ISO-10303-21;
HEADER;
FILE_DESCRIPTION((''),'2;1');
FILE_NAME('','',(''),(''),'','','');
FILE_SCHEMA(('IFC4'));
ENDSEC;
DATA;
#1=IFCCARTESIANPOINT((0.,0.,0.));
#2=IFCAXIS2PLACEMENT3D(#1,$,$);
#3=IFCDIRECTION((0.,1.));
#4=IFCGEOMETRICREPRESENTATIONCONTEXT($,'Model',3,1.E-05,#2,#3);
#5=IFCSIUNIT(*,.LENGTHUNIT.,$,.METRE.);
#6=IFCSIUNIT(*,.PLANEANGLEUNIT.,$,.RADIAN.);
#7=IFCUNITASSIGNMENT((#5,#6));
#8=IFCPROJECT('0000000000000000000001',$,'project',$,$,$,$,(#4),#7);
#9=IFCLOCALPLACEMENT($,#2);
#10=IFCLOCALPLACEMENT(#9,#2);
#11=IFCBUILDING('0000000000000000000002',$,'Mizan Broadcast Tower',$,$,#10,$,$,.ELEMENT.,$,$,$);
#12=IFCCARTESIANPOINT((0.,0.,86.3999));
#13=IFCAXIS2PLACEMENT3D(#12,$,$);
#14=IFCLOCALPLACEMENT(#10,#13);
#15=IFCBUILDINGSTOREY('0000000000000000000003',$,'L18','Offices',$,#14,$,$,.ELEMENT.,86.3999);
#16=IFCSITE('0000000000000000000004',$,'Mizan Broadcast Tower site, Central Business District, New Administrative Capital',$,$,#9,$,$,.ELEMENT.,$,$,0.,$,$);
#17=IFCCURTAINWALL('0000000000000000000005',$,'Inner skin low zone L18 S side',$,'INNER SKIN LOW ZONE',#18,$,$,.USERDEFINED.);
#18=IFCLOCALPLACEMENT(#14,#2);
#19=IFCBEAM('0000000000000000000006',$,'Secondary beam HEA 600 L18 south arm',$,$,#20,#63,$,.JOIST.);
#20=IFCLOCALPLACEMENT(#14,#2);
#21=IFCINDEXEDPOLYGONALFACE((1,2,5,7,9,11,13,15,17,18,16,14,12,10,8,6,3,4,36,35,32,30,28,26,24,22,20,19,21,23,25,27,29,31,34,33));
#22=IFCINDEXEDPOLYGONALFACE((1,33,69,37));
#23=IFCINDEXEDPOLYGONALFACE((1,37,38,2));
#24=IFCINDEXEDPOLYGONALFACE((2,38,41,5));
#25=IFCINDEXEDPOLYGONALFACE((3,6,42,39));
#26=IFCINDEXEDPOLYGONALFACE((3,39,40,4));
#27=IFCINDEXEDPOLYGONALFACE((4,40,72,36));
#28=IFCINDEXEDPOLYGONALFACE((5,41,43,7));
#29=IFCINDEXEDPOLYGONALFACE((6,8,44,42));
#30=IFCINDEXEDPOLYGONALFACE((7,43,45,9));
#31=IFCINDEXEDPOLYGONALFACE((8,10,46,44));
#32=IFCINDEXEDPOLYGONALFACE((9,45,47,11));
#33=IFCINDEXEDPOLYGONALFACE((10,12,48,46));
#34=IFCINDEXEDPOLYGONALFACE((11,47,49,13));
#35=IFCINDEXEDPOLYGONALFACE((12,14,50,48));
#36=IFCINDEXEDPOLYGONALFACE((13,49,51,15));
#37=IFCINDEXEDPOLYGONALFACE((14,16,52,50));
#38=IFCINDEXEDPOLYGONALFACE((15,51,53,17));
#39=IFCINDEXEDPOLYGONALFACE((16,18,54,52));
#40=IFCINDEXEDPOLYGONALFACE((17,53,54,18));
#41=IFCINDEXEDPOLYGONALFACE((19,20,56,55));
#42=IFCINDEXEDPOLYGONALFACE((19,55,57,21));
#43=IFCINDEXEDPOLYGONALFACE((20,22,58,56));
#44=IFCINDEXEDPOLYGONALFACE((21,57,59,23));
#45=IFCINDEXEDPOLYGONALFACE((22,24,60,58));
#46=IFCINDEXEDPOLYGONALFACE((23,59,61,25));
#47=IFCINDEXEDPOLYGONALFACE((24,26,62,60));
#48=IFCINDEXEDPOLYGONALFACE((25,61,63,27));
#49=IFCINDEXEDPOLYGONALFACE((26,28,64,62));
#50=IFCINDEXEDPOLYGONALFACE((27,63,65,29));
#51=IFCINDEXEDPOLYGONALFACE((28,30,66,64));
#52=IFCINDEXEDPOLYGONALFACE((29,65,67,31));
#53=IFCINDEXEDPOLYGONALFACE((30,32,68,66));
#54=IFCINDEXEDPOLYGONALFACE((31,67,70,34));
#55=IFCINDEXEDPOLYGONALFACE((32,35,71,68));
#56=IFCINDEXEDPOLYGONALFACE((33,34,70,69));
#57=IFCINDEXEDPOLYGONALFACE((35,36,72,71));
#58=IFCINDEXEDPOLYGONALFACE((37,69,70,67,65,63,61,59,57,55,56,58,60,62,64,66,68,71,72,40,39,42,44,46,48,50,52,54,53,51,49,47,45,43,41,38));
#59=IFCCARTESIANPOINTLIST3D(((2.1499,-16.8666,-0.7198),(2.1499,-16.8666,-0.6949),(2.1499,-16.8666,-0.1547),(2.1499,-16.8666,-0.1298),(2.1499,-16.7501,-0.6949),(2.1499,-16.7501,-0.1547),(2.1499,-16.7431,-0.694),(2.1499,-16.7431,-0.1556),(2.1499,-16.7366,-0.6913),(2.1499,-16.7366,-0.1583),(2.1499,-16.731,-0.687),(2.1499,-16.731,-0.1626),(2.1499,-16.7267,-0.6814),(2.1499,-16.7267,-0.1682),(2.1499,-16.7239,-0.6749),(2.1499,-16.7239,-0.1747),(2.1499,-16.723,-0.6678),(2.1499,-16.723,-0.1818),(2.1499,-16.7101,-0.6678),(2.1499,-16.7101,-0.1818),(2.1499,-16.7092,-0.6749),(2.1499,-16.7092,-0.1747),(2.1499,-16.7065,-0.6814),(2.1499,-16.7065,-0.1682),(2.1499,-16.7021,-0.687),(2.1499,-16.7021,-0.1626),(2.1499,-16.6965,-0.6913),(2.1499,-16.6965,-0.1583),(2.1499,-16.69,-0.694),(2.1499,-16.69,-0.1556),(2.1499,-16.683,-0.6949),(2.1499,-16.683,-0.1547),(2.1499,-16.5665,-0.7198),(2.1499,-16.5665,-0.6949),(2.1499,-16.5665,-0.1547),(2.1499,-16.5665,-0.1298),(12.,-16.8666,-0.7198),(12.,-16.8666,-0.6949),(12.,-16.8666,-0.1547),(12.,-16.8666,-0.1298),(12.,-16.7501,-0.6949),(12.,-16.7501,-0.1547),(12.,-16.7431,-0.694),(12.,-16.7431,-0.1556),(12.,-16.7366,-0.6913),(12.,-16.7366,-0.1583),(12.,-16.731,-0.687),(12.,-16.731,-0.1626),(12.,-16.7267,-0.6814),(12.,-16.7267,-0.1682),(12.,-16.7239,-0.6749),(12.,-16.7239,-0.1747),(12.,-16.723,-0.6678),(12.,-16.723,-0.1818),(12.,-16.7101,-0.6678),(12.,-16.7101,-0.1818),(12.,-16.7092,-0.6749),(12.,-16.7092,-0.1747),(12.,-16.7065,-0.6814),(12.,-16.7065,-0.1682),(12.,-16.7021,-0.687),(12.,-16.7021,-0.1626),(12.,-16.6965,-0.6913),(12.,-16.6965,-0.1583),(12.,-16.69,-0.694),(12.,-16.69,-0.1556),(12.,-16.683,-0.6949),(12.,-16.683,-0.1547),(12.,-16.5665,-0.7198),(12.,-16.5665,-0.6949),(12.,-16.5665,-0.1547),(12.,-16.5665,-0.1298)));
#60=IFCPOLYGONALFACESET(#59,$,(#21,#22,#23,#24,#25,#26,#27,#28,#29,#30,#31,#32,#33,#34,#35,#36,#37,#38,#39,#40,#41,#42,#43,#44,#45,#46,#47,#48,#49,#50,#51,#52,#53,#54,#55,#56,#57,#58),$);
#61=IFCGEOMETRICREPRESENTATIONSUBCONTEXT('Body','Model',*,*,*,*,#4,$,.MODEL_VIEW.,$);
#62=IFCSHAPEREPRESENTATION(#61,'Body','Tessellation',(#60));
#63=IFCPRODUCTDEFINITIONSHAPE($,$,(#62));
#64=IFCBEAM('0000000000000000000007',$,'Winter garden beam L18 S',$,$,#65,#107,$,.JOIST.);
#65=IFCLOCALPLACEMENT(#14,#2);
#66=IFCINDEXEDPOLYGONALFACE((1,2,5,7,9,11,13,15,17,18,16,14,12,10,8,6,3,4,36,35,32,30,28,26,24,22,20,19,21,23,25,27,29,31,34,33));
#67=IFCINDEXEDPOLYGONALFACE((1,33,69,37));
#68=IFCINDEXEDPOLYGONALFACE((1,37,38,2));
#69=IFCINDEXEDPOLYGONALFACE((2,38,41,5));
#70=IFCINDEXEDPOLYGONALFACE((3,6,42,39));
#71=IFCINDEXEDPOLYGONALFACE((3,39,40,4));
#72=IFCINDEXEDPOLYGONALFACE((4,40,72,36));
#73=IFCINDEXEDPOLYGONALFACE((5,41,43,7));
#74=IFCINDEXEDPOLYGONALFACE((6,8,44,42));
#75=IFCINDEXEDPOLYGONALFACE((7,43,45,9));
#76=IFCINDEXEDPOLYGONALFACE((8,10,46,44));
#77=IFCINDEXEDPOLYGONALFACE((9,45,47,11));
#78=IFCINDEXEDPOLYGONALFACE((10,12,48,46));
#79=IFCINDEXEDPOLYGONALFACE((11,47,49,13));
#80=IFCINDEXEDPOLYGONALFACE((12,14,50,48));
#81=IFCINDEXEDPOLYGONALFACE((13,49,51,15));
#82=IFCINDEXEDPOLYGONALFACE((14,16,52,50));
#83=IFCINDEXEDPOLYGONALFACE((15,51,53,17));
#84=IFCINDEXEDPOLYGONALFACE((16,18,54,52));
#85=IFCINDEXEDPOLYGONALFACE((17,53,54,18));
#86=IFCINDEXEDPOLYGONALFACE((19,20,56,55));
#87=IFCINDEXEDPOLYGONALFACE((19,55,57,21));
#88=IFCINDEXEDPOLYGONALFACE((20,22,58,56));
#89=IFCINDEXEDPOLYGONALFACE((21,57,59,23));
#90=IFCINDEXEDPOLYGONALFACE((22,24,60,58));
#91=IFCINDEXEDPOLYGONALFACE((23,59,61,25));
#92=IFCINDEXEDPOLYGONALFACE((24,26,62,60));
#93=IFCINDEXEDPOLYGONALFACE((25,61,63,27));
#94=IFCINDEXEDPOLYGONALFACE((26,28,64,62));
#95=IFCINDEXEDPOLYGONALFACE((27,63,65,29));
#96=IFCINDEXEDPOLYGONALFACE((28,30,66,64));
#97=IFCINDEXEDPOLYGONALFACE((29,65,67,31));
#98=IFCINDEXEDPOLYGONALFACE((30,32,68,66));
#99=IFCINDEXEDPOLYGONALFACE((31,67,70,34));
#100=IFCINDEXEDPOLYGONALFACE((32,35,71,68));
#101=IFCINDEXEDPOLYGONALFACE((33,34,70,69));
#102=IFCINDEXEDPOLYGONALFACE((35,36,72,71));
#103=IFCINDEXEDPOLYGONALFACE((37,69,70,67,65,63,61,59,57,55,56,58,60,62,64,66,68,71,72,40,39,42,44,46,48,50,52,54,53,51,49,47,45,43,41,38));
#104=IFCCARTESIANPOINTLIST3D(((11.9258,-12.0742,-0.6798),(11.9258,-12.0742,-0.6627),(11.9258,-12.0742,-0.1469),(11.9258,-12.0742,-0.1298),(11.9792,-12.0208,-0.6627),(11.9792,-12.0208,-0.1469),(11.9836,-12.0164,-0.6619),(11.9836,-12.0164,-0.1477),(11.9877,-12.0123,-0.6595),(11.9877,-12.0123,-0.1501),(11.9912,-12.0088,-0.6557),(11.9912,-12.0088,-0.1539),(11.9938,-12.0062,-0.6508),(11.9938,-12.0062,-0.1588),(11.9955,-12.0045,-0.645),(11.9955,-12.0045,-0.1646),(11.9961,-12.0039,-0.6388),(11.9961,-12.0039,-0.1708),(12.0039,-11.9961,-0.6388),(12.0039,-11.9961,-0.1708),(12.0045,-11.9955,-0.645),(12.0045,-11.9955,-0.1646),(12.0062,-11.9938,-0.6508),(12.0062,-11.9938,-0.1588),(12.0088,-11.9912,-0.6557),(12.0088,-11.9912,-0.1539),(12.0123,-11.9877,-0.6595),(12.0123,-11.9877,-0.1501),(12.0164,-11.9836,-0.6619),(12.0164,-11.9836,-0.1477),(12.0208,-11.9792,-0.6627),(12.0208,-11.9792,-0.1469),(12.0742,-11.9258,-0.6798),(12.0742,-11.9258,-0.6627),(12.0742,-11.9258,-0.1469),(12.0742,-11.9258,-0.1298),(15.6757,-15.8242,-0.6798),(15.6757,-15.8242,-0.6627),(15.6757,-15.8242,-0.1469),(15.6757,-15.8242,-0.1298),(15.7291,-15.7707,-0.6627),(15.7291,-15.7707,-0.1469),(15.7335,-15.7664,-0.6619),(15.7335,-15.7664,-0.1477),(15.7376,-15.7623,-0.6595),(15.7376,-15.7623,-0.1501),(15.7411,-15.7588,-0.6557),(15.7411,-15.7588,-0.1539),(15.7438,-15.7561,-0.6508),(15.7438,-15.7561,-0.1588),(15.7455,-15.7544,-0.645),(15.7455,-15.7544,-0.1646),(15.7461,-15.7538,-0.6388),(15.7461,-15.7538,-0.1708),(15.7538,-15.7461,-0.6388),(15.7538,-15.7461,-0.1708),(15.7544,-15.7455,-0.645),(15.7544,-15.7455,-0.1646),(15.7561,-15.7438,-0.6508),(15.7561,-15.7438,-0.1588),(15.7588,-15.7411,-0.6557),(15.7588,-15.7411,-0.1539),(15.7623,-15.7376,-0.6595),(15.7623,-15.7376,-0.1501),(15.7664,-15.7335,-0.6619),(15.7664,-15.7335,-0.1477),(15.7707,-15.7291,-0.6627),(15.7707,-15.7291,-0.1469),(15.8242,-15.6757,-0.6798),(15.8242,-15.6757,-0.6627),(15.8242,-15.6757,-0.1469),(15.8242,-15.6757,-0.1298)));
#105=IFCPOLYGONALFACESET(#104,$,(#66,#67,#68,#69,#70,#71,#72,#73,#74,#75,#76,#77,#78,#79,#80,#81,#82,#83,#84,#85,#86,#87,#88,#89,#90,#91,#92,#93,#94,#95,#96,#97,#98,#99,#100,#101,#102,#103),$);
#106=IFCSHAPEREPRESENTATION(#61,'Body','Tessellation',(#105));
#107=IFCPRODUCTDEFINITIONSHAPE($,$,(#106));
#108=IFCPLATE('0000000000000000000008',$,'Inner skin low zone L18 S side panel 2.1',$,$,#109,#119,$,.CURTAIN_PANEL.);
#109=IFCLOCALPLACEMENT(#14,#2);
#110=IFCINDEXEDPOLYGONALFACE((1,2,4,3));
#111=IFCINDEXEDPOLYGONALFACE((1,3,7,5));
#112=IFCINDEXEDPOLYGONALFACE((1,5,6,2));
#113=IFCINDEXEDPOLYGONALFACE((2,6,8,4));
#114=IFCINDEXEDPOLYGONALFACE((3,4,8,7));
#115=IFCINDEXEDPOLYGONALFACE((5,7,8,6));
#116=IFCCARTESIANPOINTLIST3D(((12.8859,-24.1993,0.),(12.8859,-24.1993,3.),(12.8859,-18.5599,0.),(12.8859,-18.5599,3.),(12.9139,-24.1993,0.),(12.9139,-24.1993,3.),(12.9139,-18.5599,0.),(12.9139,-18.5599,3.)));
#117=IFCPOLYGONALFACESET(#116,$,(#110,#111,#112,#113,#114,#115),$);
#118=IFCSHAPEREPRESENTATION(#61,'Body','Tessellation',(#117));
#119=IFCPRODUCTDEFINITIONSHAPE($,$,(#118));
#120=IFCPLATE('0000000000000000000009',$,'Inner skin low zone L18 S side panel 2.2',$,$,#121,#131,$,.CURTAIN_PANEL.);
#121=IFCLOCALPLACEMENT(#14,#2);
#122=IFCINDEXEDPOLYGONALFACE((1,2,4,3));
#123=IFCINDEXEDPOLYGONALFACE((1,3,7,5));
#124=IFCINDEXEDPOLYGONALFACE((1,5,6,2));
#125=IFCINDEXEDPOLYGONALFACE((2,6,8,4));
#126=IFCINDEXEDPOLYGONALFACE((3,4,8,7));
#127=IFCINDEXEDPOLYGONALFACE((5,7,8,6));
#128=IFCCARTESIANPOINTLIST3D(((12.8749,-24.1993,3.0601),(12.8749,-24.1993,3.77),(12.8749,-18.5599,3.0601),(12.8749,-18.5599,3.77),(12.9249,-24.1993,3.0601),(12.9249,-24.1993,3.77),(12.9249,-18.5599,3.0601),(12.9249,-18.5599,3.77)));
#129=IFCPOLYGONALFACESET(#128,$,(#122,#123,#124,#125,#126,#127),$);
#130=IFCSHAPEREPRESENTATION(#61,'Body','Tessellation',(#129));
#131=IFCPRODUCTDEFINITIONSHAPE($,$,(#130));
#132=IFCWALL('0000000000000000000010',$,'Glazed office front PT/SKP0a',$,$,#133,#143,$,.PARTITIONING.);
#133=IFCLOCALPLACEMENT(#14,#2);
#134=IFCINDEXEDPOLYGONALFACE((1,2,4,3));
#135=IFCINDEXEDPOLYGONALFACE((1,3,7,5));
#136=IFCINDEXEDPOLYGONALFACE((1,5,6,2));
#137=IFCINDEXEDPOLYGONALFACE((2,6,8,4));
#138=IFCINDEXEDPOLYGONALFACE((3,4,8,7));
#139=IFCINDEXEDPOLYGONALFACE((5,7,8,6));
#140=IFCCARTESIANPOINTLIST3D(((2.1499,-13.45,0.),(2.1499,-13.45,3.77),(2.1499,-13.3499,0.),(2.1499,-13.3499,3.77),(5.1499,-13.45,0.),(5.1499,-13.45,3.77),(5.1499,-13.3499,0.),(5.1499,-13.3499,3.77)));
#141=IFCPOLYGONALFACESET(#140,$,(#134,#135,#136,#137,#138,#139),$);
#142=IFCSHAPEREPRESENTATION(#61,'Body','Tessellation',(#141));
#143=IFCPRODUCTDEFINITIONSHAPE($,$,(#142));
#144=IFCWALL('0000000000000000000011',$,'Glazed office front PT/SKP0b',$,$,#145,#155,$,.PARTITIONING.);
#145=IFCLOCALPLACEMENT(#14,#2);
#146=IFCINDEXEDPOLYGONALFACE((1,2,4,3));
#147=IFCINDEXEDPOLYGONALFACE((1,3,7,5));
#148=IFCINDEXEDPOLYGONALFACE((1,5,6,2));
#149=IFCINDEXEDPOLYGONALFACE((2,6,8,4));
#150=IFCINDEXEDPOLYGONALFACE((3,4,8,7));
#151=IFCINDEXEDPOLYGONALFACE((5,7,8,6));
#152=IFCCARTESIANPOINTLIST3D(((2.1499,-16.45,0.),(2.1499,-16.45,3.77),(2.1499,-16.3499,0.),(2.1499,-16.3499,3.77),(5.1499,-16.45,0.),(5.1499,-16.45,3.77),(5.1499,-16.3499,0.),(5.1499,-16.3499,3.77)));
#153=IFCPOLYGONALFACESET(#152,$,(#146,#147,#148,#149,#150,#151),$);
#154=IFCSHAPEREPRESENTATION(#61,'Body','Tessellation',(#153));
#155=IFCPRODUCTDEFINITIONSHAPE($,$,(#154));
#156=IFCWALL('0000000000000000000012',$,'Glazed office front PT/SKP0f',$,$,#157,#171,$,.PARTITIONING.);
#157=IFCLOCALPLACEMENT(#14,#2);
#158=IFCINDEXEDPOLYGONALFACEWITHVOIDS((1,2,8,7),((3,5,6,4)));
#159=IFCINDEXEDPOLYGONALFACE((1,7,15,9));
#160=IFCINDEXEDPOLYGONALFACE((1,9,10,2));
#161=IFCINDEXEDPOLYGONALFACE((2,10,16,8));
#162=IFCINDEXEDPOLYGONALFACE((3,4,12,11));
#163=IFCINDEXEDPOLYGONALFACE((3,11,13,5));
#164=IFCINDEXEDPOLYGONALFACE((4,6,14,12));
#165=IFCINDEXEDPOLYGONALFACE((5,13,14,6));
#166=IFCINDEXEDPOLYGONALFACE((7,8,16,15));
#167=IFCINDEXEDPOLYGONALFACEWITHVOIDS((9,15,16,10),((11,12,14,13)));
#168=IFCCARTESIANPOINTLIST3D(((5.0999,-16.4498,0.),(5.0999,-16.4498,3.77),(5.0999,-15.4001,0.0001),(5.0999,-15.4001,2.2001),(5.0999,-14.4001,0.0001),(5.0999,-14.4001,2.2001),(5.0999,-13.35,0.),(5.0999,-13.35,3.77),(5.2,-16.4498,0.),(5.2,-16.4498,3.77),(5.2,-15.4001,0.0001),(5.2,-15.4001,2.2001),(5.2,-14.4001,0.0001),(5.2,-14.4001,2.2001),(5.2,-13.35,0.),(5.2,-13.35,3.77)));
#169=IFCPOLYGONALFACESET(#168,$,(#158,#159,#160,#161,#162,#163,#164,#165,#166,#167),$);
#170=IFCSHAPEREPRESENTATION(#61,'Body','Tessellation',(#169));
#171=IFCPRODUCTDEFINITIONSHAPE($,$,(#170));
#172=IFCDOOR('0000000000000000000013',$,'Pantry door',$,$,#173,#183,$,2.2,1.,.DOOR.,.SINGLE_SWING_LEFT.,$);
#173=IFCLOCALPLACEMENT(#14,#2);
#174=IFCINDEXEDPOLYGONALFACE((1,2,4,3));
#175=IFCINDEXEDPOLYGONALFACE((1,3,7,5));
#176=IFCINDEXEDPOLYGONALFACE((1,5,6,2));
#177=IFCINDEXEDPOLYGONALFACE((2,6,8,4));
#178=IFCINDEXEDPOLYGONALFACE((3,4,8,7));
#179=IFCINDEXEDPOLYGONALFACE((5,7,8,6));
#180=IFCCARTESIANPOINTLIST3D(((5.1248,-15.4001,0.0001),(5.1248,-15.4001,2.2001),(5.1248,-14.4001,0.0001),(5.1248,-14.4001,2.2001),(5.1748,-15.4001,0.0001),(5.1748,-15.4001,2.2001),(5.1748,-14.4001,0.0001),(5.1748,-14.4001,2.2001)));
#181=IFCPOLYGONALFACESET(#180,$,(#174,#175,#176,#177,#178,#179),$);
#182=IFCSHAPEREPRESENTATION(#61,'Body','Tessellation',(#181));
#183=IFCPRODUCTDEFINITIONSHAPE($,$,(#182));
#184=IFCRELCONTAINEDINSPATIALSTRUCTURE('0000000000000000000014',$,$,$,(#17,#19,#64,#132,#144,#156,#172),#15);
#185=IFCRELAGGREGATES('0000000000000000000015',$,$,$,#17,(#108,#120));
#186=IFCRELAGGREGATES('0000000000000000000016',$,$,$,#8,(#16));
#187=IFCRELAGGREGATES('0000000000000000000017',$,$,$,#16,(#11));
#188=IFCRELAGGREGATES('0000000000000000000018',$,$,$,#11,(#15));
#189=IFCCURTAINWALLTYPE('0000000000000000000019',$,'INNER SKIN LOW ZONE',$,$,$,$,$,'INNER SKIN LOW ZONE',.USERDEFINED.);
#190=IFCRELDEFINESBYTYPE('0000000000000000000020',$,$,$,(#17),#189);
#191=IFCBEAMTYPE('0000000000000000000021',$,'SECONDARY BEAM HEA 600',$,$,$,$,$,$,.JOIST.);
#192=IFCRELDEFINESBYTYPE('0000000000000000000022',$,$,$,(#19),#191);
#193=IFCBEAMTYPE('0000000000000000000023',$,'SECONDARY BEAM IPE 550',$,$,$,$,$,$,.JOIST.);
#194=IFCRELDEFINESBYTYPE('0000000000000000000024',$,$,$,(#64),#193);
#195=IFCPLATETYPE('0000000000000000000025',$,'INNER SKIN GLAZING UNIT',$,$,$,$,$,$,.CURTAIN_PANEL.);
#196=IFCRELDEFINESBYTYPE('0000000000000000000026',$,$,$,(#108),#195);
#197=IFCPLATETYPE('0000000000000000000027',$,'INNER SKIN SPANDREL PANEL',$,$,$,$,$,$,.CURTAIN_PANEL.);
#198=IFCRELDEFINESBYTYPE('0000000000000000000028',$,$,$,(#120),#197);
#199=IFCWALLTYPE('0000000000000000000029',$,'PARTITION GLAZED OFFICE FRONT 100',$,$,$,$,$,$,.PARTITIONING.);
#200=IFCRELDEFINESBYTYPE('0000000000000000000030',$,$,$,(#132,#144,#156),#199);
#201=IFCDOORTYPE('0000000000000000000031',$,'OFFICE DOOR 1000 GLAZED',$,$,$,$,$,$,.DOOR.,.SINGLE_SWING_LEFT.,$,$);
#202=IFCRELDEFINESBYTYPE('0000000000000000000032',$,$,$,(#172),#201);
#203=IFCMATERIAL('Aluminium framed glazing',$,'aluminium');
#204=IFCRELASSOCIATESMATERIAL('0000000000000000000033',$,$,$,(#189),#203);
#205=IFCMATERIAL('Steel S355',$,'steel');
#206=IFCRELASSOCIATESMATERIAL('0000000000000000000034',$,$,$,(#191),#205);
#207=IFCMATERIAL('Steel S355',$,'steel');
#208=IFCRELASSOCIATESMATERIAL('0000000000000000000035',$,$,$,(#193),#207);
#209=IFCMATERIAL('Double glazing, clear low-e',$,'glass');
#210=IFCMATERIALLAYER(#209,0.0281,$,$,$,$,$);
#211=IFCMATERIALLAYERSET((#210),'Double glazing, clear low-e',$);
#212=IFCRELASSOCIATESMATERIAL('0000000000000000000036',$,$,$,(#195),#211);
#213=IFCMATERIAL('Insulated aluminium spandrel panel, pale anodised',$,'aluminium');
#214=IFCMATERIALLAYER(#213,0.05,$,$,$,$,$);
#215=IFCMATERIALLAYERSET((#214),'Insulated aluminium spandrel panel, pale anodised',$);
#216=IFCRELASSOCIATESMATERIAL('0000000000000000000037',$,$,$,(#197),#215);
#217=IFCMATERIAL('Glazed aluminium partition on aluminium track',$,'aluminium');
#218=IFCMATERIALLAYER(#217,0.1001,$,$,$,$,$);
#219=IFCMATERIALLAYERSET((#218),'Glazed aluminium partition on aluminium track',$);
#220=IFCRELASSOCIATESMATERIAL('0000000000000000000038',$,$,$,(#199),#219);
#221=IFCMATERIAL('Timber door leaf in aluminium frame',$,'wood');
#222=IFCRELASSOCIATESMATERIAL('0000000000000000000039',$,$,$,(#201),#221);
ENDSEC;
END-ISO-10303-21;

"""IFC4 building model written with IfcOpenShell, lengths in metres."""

from ifc_helpers import new_model, si_unit, direction, frame, frame_2d, origin, origin_2d, place, context, subcontext, project, spatial, rectangle, i_section, extrude, material, layer, layer_set, material_profile, profile_set, type_object, element, fill, aggregate, save


model = new_model("IFC4")

# Units and contexts
model_context = context("Model", 3, precision=1e-05, world=origin(), true_north=direction((0.0, 1.0)))
body_context = subcontext(model_context, "Body", "Model", "MODEL_VIEW")
ifc_project = project(units=[si_unit("LENGTHUNIT", "METRE"), si_unit("PLANEANGLEUNIT", "RADIAN")], contexts=[model_context])

# Site, building, storey
site_placement = place(None, origin())
site = spatial("IfcSite", under=ifc_project, at=site_placement, Name="Mizan Broadcast Tower site, Central Business District, New Administrative Capital", CompositionType="ELEMENT", RefElevation=0.0)
building_placement = place(site_placement, origin())
building = spatial("IfcBuilding", under=site, at=building_placement, Name="Mizan Broadcast Tower", CompositionType="ELEMENT")
storey_placement = place(building_placement, frame((0.0, 0.0, 86.3999)))
storey = spatial("IfcBuildingStorey", under=building, at=storey_placement, Name="L18", Description="Offices", CompositionType="ELEMENT", Elevation=86.3999)

# Curtain wall
ifc_material_1 = material(Name="Aluminium framed glazing", Category="aluminium")
curtain_wall_type = type_object("IfcCurtainWallType", Name="INNER SKIN LOW ZONE", ElementType="INNER SKIN LOW ZONE", PredefinedType="USERDEFINED", material=ifc_material_1)
curtain_wall_placement = place(storey_placement, origin())
curtain_wall = element("IfcCurtainWall", 1, at=curtain_wall_placement, inside=storey, type_object=curtain_wall_type, Name="Inner skin low zone L18 S side", ObjectType="INNER SKIN LOW ZONE", PredefinedType="USERDEFINED")

# Beams
ifc_material_2 = material(Name="Steel S355", Category="steel")
ifc_material_profile_1 = material_profile(ifc_material_2, i_section(OverallWidth=0.3, OverallDepth=0.5901, WebThickness=0.0129, FlangeThickness=0.0249, FilletRadius=0.0271, at=origin_2d()), Name="HEA 600")
ifc_profile_set_1 = profile_set([ifc_material_profile_1], Name="Steel S355")
beam_type_1 = type_object("IfcBeamType", Name="SECONDARY BEAM HEA 600", PredefinedType="JOIST", material=ifc_profile_set_1)
for number, where, z_axis, x_axis, name in (
    (2, (12.0, -16.7166, -0.4248), (-1.0, 0.0, 0.0), (0.0, -1.0, 0.0), "Secondary beam HEA 600 L18 south arm"),
):
    element("IfcBeam", number, at=place(storey_placement, frame(where, z_axis=z_axis, x_axis=x_axis)), inside=storey, type_object=beam_type_1, Name=name, PredefinedType="JOIST", context=body_context, shape_type="SweptSolid", body=[
        extrude(i_section(OverallWidth=0.3, OverallDepth=0.5901, WebThickness=0.0129, FlangeThickness=0.0249, FilletRadius=0.0271, at=origin_2d()), origin(), (0.0, 0.0, 1.0), 9.8501),
    ])
ifc_material_3 = material(Name="Steel S355", Category="steel")
ifc_material_profile_2 = material_profile(ifc_material_3, i_section(OverallWidth=0.21, OverallDepth=0.55, WebThickness=0.011, FlangeThickness=0.0171, FilletRadius=0.0239, at=origin_2d()), Name="IPE 550")
ifc_profile_set_2 = profile_set([ifc_material_profile_2], Name="Steel S355")
beam_type_2 = type_object("IfcBeamType", Name="SECONDARY BEAM IPE 550", PredefinedType="JOIST", material=ifc_profile_set_2)
beam_1_placement = place(storey_placement, frame((12.0, -12.0, -0.4048), z_axis=(0.707107, -0.707107, 0.0), x_axis=(0.707107, 0.707107, 0.0)))
element("IfcBeam", 3, at=beam_1_placement, inside=storey, type_object=beam_type_2, Name="Winter garden beam L18 S", PredefinedType="JOIST", context=body_context, shape_type="SweptSolid", body=[
    extrude(i_section(OverallWidth=0.21, OverallDepth=0.55, WebThickness=0.011, FlangeThickness=0.0171, FilletRadius=0.0239, at=origin_2d()), origin(), (0.0, 0.0, 1.0), 5.3032),
])

# Plates
ifc_material_4 = material(Name="Double glazing, clear low-e", Category="glass")
ifc_layer_1 = layer(ifc_material_4, 0.0281)
ifc_layer_set_1 = layer_set([ifc_layer_1], Name="Double glazing, clear low-e")
plate_type_1 = type_object("IfcPlateType", Name="INNER SKIN GLAZING UNIT", PredefinedType="CURTAIN_PANEL", material=ifc_layer_set_1)
plate_1_placement = place(storey_placement, frame((12.8999, -21.3796, 0.0), z_axis=(0.0, 0.0, 1.0), x_axis=(0.0, 1.0, 0.0)))
plate_1 = element("IfcPlate", 4, at=plate_1_placement, type_object=plate_type_1, Name="Inner skin low zone L18 S side panel 2.1", PredefinedType="CURTAIN_PANEL", context=body_context, shape_type="SweptSolid", body=[
    extrude(rectangle(XDim=5.6394, YDim=0.0281, at=origin_2d()), origin(), (0.0, 0.0, 1.0), 3.0),
])
ifc_material_5 = material(Name="Insulated aluminium spandrel panel, pale anodised", Category="aluminium")
ifc_layer_2 = layer(ifc_material_5, 0.05)
ifc_layer_set_2 = layer_set([ifc_layer_2], Name="Insulated aluminium spandrel panel, pale anodised")
plate_type_2 = type_object("IfcPlateType", Name="INNER SKIN SPANDREL PANEL", PredefinedType="CURTAIN_PANEL", material=ifc_layer_set_2)
plate_2_placement = place(storey_placement, frame((12.8999, -21.3796, 3.0601), z_axis=(0.0, 0.0, 1.0), x_axis=(0.0, 1.0, 0.0)))
plate_2 = element("IfcPlate", 5, at=plate_2_placement, type_object=plate_type_2, Name="Inner skin low zone L18 S side panel 2.2", PredefinedType="CURTAIN_PANEL", context=body_context, shape_type="SweptSolid", body=[
    extrude(rectangle(XDim=5.6394, YDim=0.05, at=origin_2d()), origin(), (0.0, 0.0, 1.0), 0.71),
])
aggregate(curtain_wall, [plate_1, plate_2])

# Walls
ifc_material_6 = material(Name="Glazed aluminium partition on aluminium track", Category="aluminium")
ifc_layer_3 = layer(ifc_material_6, 0.1001)
ifc_layer_set_3 = layer_set([ifc_layer_3], Name="Glazed aluminium partition on aluminium track")
wall_type_1 = type_object("IfcWallType", Name="PARTITION GLAZED OFFICE FRONT 100", PredefinedType="PARTITIONING", material=ifc_layer_set_3)
for number, where, z_axis, x_axis, name in (
    (6, (2.1499, -13.3999, 0.0), (0.0, 0.0, 1.0), (1.0, 0.0, 0.0), "Glazed office front PT/SKP0a"),
    (7, (2.1499, -16.3999, 0.0), (0.0, 0.0, 1.0), (1.0, 0.0, 0.0), "Glazed office front PT/SKP0b"),
):
    element("IfcWall", number, at=place(storey_placement, frame(where, z_axis=z_axis, x_axis=x_axis)), inside=storey, type_object=wall_type_1, Name=name, PredefinedType="PARTITIONING", context=body_context, shape_type="SweptSolid", body=[
        extrude(rectangle(XDim=3.0, YDim=0.1001, at=frame_2d((1.5, 0.0))), origin(), (0.0, 0.0, 1.0), 3.77),
    ])

# Wall, opening, door
wall_1_placement = place(storey_placement, frame((5.1499, -13.3501, 0.0), z_axis=(0.0, 0.0, 1.0), x_axis=(0.0, -1.0, 0.0)))
wall_1 = element("IfcWall", 8, at=wall_1_placement, inside=storey, type_object=wall_type_1, Name="Glazed office front PT/SKP0f", PredefinedType="PARTITIONING", context=body_context, shape_type="SweptSolid", body=[
    extrude(rectangle(XDim=3.0999, YDim=0.1001, at=frame_2d((1.5498, 0.0))), origin(), (0.0, 0.0, 1.0), 3.77),
])
opening_placement = place(wall_1_placement, frame((1.05, 0.0, 0.0)))
opening = element("IfcOpeningElement", 9, at=opening_placement, cuts=wall_1, PredefinedType="OPENING", context=body_context, shape_type="SweptSolid", body=[
    extrude(rectangle(XDim=1.0, YDim=2.2, at=frame_2d((0.5, 1.1001))), frame((0.0, 0.0601, 0.0), z_axis=(0.0, -1.0, 0.0), x_axis=(1.0, 0.0, 0.0)), (0.0, 0.0, 1.0), 0.1201),
])
ifc_material_7 = material(Name="Timber door leaf in aluminium frame", Category="wood")
door_type = type_object("IfcDoorType", Name="OFFICE DOOR 1000 GLAZED", OperationType="SINGLE_SWING_LEFT", PredefinedType="DOOR", material=ifc_material_7)
door_placement = place(opening_placement, origin())
door = element("IfcDoor", 10, at=door_placement, inside=storey, type_object=door_type, Name="Pantry door", OperationType="SINGLE_SWING_LEFT", OverallHeight=2.2, OverallWidth=1.0, PredefinedType="DOOR", context=body_context, shape_type="SweptSolid", body=[
    extrude(rectangle(XDim=1.0, YDim=2.2, at=frame_2d((0.5, 1.1001))), frame((0.0, 0.0249, 0.0), z_axis=(0.0, -1.0, 0.0), x_axis=(1.0, 0.0, 0.0)), (0.0, 0.0, 1.0), 0.05),
])
fill(opening, door)

save(model, "model.ifc")
